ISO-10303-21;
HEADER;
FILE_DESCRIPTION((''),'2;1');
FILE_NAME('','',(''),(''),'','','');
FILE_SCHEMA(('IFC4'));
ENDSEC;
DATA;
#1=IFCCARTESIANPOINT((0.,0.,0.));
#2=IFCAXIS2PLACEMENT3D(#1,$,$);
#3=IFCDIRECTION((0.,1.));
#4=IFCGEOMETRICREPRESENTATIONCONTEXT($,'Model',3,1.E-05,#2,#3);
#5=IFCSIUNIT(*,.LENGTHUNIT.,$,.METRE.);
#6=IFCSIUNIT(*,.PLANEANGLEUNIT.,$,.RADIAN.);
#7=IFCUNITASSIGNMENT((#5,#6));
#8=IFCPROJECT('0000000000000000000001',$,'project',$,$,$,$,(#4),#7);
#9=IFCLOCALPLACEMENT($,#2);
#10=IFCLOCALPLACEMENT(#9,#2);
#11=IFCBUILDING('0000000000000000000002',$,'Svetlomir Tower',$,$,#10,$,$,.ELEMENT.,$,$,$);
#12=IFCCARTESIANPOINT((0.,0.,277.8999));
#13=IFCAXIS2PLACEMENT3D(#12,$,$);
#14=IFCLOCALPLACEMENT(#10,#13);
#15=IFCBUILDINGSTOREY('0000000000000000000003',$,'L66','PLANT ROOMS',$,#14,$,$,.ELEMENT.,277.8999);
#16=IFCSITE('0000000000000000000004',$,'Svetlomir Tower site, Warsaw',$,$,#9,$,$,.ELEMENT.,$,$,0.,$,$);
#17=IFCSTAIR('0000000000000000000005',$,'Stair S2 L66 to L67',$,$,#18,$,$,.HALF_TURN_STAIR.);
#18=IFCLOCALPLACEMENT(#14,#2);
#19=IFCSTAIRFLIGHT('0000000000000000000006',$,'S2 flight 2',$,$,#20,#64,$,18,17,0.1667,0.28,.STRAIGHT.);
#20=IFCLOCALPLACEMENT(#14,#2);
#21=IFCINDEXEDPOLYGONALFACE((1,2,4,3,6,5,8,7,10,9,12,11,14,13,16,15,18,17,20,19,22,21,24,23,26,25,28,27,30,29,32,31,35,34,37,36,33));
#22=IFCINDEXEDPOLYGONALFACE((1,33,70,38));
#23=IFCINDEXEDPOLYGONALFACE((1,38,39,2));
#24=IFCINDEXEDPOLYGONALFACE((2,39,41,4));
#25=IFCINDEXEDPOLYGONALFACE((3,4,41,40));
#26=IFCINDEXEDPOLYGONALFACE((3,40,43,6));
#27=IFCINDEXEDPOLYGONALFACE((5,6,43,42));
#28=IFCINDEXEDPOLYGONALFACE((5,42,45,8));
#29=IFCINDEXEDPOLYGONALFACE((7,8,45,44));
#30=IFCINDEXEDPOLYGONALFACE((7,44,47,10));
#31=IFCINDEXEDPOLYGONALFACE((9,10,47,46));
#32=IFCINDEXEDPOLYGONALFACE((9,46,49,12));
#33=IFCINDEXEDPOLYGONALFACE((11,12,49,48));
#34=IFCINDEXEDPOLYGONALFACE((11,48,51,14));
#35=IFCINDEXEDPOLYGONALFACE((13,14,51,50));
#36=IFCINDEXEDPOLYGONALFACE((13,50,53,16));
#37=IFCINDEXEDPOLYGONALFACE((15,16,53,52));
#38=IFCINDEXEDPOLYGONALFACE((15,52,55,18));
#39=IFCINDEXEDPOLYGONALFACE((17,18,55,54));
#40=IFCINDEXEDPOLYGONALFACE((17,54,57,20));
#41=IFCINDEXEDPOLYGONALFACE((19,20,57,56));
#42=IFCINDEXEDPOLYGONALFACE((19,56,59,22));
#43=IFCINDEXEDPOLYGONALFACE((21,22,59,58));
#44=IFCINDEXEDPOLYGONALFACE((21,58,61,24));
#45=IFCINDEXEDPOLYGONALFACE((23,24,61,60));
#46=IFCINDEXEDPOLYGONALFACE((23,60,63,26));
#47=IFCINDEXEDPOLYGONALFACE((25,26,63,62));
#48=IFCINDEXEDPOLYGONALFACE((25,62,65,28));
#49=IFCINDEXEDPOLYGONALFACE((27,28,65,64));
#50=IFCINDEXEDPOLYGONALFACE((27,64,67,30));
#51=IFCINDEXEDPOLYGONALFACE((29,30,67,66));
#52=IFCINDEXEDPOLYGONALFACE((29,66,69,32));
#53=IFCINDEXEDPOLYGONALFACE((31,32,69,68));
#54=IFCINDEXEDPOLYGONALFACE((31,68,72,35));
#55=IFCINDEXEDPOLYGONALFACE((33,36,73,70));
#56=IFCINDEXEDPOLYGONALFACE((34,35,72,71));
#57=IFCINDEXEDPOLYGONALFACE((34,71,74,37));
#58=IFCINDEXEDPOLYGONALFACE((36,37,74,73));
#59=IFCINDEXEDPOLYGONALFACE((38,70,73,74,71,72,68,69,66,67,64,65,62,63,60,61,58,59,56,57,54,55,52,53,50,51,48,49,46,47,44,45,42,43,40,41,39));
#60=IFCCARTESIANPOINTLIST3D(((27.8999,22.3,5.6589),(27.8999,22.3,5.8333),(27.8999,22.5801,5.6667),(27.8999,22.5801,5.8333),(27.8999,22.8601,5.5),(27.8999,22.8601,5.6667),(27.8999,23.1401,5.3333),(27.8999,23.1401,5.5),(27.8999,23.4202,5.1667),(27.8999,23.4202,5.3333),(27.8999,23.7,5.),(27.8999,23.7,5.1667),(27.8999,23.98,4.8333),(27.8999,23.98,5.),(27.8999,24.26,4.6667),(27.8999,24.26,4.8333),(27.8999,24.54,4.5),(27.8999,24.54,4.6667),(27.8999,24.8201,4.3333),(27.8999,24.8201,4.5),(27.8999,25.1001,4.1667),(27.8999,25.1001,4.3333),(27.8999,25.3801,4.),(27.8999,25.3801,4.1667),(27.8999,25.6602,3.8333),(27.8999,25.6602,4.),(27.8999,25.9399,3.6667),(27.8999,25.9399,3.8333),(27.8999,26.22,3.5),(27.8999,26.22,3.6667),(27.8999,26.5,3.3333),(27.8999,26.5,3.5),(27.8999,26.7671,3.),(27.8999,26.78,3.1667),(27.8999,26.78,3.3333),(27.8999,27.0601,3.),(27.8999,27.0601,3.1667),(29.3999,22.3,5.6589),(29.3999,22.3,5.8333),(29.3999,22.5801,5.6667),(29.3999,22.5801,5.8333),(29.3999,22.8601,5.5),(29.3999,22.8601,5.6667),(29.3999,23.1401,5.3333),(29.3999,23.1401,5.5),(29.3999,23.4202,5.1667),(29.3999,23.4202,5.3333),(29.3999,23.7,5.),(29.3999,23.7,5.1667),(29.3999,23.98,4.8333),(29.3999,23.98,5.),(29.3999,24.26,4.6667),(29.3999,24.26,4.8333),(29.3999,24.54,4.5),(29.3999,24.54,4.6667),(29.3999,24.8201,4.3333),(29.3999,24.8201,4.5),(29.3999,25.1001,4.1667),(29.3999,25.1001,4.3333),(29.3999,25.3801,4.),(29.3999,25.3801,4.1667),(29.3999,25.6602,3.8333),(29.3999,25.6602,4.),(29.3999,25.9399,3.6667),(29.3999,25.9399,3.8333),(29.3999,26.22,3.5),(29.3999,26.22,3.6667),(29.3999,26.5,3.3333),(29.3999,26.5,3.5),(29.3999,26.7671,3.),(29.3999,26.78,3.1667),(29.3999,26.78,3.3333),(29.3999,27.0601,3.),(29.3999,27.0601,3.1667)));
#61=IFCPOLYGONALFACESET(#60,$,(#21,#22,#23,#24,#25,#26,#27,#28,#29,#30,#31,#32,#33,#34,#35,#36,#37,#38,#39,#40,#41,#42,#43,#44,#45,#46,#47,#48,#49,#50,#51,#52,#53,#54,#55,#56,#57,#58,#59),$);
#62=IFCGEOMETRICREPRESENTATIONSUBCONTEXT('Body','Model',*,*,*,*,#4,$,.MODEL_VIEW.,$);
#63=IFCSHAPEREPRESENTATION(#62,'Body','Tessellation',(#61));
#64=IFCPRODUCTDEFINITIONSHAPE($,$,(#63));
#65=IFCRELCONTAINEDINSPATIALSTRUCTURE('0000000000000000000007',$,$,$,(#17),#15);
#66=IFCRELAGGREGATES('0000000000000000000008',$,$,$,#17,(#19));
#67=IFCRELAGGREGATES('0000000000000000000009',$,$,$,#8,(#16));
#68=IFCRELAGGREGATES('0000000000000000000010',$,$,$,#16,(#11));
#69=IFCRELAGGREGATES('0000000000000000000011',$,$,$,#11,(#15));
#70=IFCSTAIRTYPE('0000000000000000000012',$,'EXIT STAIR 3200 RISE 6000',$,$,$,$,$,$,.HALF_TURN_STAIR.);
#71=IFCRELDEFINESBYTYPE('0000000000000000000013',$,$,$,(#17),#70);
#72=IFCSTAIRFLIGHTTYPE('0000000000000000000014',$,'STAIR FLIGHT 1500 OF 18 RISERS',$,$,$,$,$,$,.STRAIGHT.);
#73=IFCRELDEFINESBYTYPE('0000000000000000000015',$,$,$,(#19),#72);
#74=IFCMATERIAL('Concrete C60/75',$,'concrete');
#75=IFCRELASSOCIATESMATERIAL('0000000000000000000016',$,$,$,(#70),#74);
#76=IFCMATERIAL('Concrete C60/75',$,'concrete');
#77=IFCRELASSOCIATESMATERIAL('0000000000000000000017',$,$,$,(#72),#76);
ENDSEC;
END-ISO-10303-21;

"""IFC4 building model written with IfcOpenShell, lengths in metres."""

from ifc_helpers import new_model, si_unit, direction, frame, origin, place, context, subcontext, project, spatial, polyline, outline, extrude, material, type_object, element, aggregate, save


model = new_model("IFC4")

# Units and contexts
model_context = context("Model", 3, precision=1e-05, world=origin(), true_north=direction((0.0, 1.0)))
body_context = subcontext(model_context, "Body", "Model", "MODEL_VIEW")
ifc_project = project(units=[si_unit("LENGTHUNIT", "METRE"), si_unit("PLANEANGLEUNIT", "RADIAN")], contexts=[model_context])

# Site, building, storey
site_placement = place(None, origin())
site = spatial("IfcSite", under=ifc_project, at=site_placement, Name="Svetlomir Tower site, Warsaw", CompositionType="ELEMENT", RefElevation=0.0)
building_placement = place(site_placement, origin())
building = spatial("IfcBuilding", under=site, at=building_placement, Name="Svetlomir Tower", CompositionType="ELEMENT")
storey_placement = place(building_placement, frame((0.0, 0.0, 277.8999)))
storey = spatial("IfcBuildingStorey", under=building, at=storey_placement, Name="L66", Description="PLANT ROOMS", CompositionType="ELEMENT", Elevation=277.8999)

# Stair, stair flight
ifc_material_1 = material(Name="Concrete C60/75", Category="concrete")
stair_type = type_object("IfcStairType", Name="EXIT STAIR 3200 RISE 6000", PredefinedType="HALF_TURN_STAIR", material=ifc_material_1)
stair_placement = place(storey_placement, origin())
stair = element("IfcStair", 1, at=stair_placement, inside=storey, type_object=stair_type, Name="Stair S2 L66 to L67", PredefinedType="HALF_TURN_STAIR")
ifc_material_2 = material(Name="Concrete C60/75", Category="concrete")
stair_flight_type = type_object("IfcStairFlightType", Name="STAIR FLIGHT 1500 OF 18 RISERS", PredefinedType="STRAIGHT", material=ifc_material_2)
stair_flight_1_placement = place(storey_placement, frame((28.6499, 27.0601, 3.0), z_axis=(0.0, 0.0, 1.0), x_axis=(0.0, -1.0, 0.0)))
stair_flight_1 = element("IfcStairFlight", 2, at=stair_flight_1_placement, type_object=stair_flight_type, Name="S2 flight 2", NumberOfRisers=18, NumberOfTreads=17, PredefinedType="STRAIGHT", RiserHeight=0.1667, TreadLength=0.28, context=body_context, shape_type="SweptSolid", body=[
    extrude(outline(polyline([(0.0, 0.0), (0.0, 0.1667), (0.28, 0.1667), (0.28, 0.3333), (0.5601, 0.3333), (0.5601, 0.5), (0.8401, 0.5), (0.8401, 0.6667), (1.1201, 0.6667), (1.1201, 0.8333), (1.3999, 0.8333), (1.3999, 1.0), (1.6799, 1.0), (1.6799, 1.1667), (1.96, 1.1667), (1.96, 1.3333), (2.24, 1.3333), (2.24, 1.5), (2.52, 1.5), (2.52, 1.6667), (2.8, 1.6667), (2.8, 1.8333), (3.0801, 1.8333), (3.0801, 2.0), (3.3601, 2.0), (3.3601, 2.1667), (3.6399, 2.1667), (3.6399, 2.3333), (3.9199, 2.3333), (3.9199, 2.5), (4.2, 2.5), (4.2, 2.6667), (4.48, 2.6667), (4.48, 2.8333), (4.76, 2.8333), (4.76, 3.0), (4.76, 2.6589), (0.293, 0.0), (0.0, 0.0)])), frame((0.0, 0.75, 0.0), z_axis=(0.0, -1.0, 0.0), x_axis=(1.0, 0.0, 0.0)), (0.0, 0.0, 1.0), 1.5),
])
aggregate(stair, [stair_flight_1])

save(model, "model.ifc")
